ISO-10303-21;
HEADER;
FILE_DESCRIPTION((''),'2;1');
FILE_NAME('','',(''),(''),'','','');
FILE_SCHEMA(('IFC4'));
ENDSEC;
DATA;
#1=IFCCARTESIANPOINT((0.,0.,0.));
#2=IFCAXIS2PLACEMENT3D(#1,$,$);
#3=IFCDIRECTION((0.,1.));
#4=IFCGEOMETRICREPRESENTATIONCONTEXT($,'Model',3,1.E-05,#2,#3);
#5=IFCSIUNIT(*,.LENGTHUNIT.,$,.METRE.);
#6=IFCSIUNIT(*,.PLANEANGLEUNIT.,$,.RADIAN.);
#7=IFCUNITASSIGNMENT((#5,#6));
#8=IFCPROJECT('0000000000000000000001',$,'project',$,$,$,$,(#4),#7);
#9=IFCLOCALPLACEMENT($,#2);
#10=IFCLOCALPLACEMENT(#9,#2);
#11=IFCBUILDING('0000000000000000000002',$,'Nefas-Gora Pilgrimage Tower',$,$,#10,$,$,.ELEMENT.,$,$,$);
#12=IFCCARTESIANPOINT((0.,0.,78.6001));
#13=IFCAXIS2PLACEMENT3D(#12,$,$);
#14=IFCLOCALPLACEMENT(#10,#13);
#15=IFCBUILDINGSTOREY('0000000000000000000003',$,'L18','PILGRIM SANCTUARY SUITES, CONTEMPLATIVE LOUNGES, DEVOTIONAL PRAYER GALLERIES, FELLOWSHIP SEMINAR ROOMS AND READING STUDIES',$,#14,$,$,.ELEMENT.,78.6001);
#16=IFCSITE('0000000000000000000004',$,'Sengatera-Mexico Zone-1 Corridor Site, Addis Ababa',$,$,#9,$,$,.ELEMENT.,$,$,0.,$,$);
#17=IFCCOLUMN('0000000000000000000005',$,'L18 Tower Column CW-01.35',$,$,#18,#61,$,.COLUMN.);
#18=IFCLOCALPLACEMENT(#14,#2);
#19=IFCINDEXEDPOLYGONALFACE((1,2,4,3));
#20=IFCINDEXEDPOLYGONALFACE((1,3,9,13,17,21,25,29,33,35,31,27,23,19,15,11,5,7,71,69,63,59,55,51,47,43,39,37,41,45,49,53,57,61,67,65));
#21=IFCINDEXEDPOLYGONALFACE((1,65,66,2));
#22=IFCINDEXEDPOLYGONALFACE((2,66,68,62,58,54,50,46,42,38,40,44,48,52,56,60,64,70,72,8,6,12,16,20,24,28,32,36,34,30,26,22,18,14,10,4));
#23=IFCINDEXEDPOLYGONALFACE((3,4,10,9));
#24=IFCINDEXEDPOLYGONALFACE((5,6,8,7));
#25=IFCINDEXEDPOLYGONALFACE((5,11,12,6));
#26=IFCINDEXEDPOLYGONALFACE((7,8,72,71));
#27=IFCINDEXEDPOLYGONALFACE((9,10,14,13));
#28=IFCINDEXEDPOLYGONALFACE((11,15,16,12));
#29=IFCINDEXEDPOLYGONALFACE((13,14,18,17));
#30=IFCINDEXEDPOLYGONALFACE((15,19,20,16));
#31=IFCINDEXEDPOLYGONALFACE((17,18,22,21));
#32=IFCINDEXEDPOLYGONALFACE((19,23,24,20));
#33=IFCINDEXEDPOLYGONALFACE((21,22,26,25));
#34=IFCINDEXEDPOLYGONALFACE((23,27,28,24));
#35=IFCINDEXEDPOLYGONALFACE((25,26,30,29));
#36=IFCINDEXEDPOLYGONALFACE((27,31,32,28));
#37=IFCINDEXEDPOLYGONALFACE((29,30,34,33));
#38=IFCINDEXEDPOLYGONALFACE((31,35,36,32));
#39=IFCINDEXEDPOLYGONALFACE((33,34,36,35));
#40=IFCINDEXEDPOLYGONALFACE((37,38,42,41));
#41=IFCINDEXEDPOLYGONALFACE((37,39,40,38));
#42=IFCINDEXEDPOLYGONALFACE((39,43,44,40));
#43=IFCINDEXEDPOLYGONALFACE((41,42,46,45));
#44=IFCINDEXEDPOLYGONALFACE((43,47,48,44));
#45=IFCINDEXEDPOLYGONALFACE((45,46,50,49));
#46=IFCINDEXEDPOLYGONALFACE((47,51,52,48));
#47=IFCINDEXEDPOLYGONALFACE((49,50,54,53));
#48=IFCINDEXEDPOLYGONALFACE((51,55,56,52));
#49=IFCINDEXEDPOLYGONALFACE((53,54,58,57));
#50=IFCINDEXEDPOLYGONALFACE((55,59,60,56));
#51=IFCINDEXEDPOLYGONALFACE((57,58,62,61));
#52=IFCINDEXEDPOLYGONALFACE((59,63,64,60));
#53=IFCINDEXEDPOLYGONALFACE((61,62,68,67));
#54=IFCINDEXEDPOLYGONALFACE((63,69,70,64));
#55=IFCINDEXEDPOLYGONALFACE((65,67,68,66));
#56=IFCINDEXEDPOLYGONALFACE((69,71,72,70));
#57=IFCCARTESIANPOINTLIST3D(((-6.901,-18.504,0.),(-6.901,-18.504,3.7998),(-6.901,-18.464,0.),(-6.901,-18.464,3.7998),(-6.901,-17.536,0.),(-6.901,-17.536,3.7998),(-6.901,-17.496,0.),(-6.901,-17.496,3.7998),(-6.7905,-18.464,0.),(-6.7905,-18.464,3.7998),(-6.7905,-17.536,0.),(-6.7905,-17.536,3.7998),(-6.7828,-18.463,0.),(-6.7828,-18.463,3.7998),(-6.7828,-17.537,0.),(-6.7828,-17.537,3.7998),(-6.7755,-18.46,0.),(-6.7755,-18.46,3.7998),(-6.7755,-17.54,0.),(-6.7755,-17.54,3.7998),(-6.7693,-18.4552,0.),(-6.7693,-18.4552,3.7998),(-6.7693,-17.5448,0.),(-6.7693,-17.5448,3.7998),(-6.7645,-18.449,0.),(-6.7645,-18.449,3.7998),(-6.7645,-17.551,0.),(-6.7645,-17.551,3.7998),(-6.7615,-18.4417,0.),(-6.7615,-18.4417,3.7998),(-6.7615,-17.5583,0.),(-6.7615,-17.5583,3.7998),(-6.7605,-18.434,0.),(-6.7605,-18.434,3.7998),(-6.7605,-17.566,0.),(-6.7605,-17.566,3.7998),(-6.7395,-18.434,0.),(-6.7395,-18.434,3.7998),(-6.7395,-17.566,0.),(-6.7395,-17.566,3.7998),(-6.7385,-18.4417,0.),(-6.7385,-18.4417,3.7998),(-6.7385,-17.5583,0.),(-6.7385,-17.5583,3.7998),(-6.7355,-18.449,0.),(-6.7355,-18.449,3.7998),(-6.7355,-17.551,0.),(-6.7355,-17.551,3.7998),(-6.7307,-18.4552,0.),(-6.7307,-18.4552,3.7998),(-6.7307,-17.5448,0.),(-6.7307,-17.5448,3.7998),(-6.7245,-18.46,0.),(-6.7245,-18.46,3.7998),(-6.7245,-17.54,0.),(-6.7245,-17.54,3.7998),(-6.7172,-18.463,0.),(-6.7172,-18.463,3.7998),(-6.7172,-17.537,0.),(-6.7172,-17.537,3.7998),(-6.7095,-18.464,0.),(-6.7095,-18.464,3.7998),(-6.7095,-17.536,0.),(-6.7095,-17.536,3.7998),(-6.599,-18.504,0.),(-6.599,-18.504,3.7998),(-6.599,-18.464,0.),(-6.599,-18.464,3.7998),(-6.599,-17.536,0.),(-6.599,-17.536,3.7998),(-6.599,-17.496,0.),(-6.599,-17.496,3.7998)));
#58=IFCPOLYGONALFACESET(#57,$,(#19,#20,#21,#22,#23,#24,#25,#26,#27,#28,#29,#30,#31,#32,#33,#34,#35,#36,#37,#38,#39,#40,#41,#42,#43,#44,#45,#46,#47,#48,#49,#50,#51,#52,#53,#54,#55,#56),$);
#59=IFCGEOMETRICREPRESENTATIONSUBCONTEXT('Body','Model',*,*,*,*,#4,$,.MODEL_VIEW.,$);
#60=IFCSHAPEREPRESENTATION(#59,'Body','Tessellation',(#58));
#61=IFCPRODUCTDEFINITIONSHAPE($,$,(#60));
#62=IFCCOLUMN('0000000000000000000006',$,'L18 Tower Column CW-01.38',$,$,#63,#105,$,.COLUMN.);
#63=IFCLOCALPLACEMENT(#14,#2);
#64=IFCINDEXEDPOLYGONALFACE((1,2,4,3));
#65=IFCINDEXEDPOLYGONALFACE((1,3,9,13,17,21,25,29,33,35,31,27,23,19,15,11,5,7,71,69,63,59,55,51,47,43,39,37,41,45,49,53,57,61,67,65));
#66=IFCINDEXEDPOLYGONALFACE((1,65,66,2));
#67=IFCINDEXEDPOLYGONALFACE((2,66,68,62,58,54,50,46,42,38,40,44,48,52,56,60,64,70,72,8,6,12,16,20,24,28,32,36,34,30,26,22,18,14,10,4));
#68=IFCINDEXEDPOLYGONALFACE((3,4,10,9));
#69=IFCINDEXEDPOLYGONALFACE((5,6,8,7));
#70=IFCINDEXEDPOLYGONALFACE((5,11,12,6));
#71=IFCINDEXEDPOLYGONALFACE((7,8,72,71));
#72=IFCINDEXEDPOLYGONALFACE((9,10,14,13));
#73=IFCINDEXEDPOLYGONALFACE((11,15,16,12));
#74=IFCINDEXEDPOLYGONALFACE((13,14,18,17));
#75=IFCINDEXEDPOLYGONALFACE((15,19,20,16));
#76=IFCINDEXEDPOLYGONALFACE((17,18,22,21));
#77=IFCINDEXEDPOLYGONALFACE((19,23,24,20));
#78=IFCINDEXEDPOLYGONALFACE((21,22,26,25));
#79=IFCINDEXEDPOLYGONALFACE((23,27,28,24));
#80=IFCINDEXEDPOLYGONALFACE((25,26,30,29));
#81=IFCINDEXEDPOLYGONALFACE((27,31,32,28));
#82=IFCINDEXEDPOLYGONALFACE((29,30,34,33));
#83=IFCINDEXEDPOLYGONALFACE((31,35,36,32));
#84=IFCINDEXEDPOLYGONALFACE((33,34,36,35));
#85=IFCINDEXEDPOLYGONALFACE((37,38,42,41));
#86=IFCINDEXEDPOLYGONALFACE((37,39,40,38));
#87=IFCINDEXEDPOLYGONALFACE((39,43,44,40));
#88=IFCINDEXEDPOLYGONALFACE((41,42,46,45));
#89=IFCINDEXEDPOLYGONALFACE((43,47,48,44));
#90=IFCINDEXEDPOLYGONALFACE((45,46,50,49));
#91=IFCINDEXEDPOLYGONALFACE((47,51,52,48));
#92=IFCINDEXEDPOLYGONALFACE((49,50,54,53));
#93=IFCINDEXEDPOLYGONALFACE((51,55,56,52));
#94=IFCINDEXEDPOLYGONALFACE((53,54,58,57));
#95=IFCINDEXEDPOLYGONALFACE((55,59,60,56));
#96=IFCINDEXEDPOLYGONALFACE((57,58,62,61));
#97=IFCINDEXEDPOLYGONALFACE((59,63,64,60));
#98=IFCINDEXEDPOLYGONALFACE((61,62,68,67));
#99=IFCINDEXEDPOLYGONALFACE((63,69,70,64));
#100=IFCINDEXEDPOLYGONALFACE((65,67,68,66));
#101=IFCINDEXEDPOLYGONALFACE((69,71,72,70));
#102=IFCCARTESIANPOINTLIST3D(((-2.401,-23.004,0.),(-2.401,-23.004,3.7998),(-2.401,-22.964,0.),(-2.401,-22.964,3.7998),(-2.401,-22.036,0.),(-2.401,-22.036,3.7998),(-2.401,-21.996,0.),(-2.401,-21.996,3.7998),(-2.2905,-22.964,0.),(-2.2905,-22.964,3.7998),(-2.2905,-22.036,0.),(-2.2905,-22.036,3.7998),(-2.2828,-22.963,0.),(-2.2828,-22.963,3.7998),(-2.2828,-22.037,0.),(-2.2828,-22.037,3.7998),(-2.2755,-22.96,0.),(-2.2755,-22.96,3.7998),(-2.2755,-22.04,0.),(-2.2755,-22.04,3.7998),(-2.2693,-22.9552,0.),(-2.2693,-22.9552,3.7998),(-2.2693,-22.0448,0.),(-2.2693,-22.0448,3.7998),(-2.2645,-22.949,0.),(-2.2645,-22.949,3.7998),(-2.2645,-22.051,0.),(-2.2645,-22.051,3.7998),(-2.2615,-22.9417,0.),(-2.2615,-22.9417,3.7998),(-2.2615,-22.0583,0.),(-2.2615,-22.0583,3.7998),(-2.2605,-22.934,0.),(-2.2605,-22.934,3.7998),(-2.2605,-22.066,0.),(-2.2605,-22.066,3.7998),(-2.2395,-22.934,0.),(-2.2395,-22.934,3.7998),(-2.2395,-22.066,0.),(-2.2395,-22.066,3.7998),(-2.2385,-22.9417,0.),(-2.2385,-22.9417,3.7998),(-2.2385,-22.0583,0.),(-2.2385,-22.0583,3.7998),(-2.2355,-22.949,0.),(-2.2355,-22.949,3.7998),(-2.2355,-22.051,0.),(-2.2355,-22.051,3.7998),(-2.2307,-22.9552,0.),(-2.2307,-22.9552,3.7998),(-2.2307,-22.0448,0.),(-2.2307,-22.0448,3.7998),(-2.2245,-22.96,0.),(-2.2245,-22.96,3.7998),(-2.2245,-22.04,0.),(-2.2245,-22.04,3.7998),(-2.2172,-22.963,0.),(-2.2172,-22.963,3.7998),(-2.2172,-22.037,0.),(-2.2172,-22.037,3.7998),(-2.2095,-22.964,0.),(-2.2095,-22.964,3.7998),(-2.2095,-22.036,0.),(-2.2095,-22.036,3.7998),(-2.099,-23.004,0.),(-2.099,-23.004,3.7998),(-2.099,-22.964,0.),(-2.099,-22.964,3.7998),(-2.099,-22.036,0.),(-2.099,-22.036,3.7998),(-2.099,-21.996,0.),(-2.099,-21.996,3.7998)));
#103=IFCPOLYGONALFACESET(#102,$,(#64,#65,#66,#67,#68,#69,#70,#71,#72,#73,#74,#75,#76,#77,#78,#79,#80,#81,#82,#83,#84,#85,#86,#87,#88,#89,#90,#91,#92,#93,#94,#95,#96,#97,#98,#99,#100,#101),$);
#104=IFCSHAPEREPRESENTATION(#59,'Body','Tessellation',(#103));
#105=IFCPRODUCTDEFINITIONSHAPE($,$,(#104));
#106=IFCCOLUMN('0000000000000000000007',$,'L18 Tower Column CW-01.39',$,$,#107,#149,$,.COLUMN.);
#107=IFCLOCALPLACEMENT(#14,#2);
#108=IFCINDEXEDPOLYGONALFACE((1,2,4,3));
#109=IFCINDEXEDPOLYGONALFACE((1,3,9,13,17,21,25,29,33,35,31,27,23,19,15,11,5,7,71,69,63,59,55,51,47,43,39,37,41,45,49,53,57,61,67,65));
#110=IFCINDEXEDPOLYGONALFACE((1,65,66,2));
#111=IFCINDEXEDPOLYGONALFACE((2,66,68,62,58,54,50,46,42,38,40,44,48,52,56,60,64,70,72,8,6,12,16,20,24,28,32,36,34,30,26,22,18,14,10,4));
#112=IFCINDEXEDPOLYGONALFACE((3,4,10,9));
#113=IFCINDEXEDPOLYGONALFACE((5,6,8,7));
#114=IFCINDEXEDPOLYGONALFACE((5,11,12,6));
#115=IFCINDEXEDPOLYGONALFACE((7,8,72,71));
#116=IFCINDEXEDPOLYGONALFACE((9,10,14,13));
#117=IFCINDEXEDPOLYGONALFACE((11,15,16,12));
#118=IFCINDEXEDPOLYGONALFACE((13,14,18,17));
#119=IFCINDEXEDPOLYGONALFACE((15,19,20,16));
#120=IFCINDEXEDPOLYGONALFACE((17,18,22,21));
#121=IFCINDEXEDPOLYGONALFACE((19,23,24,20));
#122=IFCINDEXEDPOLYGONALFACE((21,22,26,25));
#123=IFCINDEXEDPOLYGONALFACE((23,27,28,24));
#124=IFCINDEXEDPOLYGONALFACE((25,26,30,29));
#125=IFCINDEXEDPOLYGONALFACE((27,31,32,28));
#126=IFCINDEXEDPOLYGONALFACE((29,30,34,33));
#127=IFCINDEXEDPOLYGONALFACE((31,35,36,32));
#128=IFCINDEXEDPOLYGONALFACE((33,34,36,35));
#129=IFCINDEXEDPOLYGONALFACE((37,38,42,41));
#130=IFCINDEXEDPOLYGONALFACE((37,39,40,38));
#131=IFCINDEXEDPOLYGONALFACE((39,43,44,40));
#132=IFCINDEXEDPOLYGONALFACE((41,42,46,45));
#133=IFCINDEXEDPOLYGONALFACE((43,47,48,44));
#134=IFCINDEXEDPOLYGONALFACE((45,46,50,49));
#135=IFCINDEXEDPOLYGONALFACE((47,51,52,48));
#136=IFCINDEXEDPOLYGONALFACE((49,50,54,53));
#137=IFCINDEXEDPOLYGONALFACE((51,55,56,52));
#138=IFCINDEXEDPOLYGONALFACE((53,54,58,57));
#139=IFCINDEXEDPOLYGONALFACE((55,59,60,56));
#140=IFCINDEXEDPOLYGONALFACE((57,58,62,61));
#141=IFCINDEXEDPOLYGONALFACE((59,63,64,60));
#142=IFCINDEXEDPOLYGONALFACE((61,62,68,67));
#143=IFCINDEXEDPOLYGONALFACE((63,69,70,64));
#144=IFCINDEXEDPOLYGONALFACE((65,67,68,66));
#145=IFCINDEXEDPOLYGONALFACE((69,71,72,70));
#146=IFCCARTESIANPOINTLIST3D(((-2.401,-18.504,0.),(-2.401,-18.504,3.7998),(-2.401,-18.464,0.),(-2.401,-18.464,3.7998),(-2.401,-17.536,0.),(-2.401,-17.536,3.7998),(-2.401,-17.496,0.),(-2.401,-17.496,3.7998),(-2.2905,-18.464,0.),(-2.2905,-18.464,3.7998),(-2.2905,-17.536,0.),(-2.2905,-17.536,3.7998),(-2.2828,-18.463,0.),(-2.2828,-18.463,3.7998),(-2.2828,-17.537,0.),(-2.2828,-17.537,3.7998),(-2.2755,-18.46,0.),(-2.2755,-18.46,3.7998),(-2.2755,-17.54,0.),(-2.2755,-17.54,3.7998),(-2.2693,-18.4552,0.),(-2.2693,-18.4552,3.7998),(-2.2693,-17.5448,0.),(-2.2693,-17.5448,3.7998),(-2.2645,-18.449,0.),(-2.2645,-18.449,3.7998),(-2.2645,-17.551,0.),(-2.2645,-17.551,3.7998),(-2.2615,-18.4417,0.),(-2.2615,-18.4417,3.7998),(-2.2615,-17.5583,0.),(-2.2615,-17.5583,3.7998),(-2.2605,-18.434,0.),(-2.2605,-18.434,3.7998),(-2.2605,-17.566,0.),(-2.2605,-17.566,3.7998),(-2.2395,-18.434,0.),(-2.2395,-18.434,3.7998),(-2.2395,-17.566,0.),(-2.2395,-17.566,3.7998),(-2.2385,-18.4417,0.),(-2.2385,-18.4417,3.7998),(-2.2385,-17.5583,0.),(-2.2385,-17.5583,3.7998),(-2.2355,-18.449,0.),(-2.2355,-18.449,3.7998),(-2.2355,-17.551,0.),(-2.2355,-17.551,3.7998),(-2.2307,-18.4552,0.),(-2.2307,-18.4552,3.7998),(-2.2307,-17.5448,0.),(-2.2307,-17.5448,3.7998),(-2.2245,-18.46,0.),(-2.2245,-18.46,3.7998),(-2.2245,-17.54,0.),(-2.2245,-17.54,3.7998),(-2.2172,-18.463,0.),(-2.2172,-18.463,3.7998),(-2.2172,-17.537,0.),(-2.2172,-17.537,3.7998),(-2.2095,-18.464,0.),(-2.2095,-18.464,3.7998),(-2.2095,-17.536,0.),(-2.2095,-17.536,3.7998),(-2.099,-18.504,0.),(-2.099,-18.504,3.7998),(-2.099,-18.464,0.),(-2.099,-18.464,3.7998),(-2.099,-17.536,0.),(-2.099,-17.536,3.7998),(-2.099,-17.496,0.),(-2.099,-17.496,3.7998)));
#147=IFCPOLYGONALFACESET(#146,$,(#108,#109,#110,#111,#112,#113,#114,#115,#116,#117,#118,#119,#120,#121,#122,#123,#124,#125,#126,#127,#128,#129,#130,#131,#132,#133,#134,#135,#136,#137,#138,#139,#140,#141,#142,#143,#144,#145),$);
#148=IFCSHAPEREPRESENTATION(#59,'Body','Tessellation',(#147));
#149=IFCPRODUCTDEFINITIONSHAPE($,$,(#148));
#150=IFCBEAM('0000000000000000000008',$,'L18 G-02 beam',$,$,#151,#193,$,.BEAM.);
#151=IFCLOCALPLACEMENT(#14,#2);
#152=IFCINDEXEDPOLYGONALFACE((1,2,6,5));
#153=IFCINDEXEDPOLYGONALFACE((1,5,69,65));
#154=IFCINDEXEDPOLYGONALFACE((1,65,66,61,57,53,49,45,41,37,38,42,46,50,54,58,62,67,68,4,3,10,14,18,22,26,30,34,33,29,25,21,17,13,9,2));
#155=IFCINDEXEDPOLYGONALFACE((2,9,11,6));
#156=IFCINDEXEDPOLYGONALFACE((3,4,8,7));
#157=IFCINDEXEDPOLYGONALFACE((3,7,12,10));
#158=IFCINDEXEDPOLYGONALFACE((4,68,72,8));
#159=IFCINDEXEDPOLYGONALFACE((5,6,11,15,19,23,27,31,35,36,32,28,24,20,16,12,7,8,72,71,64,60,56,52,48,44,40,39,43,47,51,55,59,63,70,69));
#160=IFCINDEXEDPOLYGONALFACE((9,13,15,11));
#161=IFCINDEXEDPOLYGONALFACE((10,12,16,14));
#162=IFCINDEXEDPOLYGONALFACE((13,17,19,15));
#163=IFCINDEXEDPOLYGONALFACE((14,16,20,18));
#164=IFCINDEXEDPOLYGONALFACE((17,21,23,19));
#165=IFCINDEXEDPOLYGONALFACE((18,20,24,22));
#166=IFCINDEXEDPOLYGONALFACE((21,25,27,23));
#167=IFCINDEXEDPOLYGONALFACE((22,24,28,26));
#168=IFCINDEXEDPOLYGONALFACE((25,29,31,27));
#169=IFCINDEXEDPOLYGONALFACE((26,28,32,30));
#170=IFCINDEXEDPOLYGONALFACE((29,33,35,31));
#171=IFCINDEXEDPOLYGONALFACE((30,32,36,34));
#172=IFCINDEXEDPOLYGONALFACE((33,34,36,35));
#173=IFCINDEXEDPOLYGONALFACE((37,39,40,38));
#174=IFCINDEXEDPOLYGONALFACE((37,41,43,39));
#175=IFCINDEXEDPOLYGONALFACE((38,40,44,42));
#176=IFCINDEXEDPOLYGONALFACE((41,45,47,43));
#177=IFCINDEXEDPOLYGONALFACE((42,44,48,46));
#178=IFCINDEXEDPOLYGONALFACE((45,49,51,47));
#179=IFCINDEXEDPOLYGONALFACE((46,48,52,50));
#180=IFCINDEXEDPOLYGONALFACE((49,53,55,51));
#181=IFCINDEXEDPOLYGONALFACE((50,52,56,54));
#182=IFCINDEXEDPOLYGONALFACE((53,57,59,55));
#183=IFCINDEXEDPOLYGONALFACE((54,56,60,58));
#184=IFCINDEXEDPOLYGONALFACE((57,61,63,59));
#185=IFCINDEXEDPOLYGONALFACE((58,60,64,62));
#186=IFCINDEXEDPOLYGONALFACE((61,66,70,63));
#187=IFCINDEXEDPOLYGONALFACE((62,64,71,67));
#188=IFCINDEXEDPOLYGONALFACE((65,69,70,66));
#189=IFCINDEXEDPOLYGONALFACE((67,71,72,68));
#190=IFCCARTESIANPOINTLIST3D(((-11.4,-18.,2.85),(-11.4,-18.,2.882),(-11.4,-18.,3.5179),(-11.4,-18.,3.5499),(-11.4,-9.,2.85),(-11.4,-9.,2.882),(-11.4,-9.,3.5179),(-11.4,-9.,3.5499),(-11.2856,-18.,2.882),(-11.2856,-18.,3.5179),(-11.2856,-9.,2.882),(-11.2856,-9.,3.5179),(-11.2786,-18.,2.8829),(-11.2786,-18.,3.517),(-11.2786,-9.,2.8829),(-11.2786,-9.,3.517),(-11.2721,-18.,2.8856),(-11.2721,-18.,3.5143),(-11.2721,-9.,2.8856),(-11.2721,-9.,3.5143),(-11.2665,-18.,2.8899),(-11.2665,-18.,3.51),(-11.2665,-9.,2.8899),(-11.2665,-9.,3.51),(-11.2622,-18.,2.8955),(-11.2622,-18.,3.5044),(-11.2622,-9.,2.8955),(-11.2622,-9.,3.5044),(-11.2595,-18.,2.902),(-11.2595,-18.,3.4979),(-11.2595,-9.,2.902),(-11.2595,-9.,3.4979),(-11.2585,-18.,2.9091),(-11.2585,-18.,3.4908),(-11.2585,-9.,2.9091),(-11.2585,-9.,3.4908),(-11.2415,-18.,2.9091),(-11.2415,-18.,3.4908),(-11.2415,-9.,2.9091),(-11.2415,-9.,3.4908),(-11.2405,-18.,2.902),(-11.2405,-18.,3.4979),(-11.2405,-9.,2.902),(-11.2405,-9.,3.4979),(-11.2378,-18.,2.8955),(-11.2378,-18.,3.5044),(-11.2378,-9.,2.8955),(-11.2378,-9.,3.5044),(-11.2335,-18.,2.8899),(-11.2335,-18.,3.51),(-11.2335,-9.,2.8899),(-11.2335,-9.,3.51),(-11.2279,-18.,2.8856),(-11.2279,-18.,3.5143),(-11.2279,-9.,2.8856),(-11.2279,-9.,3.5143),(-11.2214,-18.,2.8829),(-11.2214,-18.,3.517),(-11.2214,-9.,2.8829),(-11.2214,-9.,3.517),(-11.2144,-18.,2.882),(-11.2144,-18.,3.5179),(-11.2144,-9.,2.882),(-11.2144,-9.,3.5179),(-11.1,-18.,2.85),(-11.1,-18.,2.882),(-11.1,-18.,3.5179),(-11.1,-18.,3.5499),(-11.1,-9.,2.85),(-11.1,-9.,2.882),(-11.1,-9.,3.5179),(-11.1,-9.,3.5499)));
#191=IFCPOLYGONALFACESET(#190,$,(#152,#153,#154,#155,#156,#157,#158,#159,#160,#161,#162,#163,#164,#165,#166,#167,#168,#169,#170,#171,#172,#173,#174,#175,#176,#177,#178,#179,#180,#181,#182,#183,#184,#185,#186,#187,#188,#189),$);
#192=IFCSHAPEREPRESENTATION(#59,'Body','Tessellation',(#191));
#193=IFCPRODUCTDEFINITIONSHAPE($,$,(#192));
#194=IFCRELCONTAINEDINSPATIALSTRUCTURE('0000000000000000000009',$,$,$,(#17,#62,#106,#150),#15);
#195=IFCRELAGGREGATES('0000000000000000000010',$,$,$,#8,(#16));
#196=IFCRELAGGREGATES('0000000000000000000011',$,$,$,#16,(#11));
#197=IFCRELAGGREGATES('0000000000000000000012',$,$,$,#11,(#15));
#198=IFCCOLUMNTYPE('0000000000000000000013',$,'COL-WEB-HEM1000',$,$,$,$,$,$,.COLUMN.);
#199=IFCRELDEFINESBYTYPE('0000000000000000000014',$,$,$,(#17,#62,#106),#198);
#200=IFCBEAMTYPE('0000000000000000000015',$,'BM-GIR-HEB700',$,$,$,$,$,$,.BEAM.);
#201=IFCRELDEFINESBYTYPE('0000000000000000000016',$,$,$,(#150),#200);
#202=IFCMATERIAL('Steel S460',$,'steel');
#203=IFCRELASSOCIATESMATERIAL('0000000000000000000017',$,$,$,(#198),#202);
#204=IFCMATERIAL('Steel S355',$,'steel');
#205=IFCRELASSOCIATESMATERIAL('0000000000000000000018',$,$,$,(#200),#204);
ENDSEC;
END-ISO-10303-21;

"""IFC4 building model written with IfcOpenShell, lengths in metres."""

from ifc_helpers import new_model, si_unit, direction, frame, origin, origin_2d, place, context, subcontext, project, spatial, i_section, extrude, source, transform, mapped, material, material_profile, profile_set, type_object, element, save


model = new_model("IFC4")

# Units and contexts
model_context = context("Model", 3, precision=1e-05, world=origin(), true_north=direction((0.0, 1.0)))
body_context = subcontext(model_context, "Body", "Model", "MODEL_VIEW")
ifc_project = project(units=[si_unit("LENGTHUNIT", "METRE"), si_unit("PLANEANGLEUNIT", "RADIAN")], contexts=[model_context])

# Site, building, storey
site_placement = place(None, origin())
site = spatial("IfcSite", under=ifc_project, at=site_placement, Name="Sengatera-Mexico Zone-1 Corridor Site, Addis Ababa", CompositionType="ELEMENT", RefElevation=0.0)
building_placement = place(site_placement, origin())
building = spatial("IfcBuilding", under=site, at=building_placement, Name="Nefas-Gora Pilgrimage Tower", CompositionType="ELEMENT")
storey_placement = place(building_placement, frame((0.0, 0.0, 78.6001)))
storey = spatial("IfcBuildingStorey", under=building, at=storey_placement, Name="L18", Description="PILGRIM SANCTUARY SUITES, CONTEMPLATIVE LOUNGES, DEVOTIONAL PRAYER GALLERIES, FELLOWSHIP SEMINAR ROOMS AND READING STUDIES", CompositionType="ELEMENT", Elevation=78.6001)

# Columns
ifc_material_1 = material(Name="Steel S460", Category="steel")
ifc_material_profile_1 = material_profile(ifc_material_1, i_section(OverallWidth=0.302, OverallDepth=1.0081, WebThickness=0.021, FlangeThickness=0.04, FilletRadius=0.03, at=origin_2d()), Name="HEM 1000")
ifc_profile_set_1 = profile_set([ifc_material_profile_1], Name="Steel S460")
column_type_1 = type_object("IfcColumnType", Name="COL-WEB-HEM1000", PredefinedType="COLUMN", material=ifc_profile_set_1)
shared_shape_1 = source(origin(), body_context, "Body", "SweptSolid", [
    extrude(i_section(OverallWidth=0.302, OverallDepth=1.0081, WebThickness=0.021, FlangeThickness=0.04, FilletRadius=0.03, at=origin_2d()), origin(), (0.0, 0.0, 1.0), 3.7998),
])
for number, where, z_axis, x_axis, name in (
    (1, (-6.75, -18.0, 0.0), (0.0, 0.0, 1.0), (1.0, 0.0, 0.0), "L18 Tower Column CW-01.35"),
    (2, (-2.25, -22.5, 0.0), (0.0, 0.0, 1.0), (1.0, 0.0, 0.0), "L18 Tower Column CW-01.38"),
    (3, (-2.25, -18.0, 0.0), (0.0, 0.0, 1.0), (1.0, 0.0, 0.0), "L18 Tower Column CW-01.39"),
):
    element("IfcColumn", number, at=place(storey_placement, frame(where, z_axis=z_axis, x_axis=x_axis)), inside=storey, type_object=column_type_1, Name=name, PredefinedType="COLUMN", context=body_context, shape_type="MappedRepresentation", body=[
        mapped(shared_shape_1, transform((0.0, 0.0, 0.0), x_axis=(1.0, 0.0, 0.0), y_axis=(0.0, 1.0, 0.0), z_axis=(0.0, 0.0, 1.0), scale=1.0)),
    ])

# Beam
ifc_material_2 = material(Name="Steel S355", Category="steel")
ifc_material_profile_2 = material_profile(ifc_material_2, i_section(OverallWidth=0.3, OverallDepth=0.7, WebThickness=0.0171, FlangeThickness=0.032, FilletRadius=0.0271, at=origin_2d()), Name="HEB 700")
ifc_profile_set_2 = profile_set([ifc_material_profile_2], Name="Steel S355")
beam_type = type_object("IfcBeamType", Name="BM-GIR-HEB700", PredefinedType="BEAM", material=ifc_profile_set_2)
shared_shape_2 = source(origin(), body_context, "Body", "SweptSolid", [
    extrude(i_section(OverallWidth=0.3, OverallDepth=0.7, WebThickness=0.0171, FlangeThickness=0.032, FilletRadius=0.0271, at=origin_2d()), origin(), (0.0, 0.0, 1.0), 9.0),
])
beam_placement = place(storey_placement, frame((-11.25, -18.0, 3.2), z_axis=(0.0, 1.0, 0.0), x_axis=(-1.0, 0.0, 0.0)))
element("IfcBeam", 4, at=beam_placement, inside=storey, type_object=beam_type, Name="L18 G-02 beam", PredefinedType="BEAM", context=body_context, shape_type="MappedRepresentation", body=[
    mapped(shared_shape_2, transform((0.0, 0.0, 0.0), x_axis=(1.0, 0.0, 0.0), y_axis=(0.0, 1.0, 0.0), z_axis=(0.0, 0.0, 1.0), scale=1.0)),
])

save(model, "model.ifc")
